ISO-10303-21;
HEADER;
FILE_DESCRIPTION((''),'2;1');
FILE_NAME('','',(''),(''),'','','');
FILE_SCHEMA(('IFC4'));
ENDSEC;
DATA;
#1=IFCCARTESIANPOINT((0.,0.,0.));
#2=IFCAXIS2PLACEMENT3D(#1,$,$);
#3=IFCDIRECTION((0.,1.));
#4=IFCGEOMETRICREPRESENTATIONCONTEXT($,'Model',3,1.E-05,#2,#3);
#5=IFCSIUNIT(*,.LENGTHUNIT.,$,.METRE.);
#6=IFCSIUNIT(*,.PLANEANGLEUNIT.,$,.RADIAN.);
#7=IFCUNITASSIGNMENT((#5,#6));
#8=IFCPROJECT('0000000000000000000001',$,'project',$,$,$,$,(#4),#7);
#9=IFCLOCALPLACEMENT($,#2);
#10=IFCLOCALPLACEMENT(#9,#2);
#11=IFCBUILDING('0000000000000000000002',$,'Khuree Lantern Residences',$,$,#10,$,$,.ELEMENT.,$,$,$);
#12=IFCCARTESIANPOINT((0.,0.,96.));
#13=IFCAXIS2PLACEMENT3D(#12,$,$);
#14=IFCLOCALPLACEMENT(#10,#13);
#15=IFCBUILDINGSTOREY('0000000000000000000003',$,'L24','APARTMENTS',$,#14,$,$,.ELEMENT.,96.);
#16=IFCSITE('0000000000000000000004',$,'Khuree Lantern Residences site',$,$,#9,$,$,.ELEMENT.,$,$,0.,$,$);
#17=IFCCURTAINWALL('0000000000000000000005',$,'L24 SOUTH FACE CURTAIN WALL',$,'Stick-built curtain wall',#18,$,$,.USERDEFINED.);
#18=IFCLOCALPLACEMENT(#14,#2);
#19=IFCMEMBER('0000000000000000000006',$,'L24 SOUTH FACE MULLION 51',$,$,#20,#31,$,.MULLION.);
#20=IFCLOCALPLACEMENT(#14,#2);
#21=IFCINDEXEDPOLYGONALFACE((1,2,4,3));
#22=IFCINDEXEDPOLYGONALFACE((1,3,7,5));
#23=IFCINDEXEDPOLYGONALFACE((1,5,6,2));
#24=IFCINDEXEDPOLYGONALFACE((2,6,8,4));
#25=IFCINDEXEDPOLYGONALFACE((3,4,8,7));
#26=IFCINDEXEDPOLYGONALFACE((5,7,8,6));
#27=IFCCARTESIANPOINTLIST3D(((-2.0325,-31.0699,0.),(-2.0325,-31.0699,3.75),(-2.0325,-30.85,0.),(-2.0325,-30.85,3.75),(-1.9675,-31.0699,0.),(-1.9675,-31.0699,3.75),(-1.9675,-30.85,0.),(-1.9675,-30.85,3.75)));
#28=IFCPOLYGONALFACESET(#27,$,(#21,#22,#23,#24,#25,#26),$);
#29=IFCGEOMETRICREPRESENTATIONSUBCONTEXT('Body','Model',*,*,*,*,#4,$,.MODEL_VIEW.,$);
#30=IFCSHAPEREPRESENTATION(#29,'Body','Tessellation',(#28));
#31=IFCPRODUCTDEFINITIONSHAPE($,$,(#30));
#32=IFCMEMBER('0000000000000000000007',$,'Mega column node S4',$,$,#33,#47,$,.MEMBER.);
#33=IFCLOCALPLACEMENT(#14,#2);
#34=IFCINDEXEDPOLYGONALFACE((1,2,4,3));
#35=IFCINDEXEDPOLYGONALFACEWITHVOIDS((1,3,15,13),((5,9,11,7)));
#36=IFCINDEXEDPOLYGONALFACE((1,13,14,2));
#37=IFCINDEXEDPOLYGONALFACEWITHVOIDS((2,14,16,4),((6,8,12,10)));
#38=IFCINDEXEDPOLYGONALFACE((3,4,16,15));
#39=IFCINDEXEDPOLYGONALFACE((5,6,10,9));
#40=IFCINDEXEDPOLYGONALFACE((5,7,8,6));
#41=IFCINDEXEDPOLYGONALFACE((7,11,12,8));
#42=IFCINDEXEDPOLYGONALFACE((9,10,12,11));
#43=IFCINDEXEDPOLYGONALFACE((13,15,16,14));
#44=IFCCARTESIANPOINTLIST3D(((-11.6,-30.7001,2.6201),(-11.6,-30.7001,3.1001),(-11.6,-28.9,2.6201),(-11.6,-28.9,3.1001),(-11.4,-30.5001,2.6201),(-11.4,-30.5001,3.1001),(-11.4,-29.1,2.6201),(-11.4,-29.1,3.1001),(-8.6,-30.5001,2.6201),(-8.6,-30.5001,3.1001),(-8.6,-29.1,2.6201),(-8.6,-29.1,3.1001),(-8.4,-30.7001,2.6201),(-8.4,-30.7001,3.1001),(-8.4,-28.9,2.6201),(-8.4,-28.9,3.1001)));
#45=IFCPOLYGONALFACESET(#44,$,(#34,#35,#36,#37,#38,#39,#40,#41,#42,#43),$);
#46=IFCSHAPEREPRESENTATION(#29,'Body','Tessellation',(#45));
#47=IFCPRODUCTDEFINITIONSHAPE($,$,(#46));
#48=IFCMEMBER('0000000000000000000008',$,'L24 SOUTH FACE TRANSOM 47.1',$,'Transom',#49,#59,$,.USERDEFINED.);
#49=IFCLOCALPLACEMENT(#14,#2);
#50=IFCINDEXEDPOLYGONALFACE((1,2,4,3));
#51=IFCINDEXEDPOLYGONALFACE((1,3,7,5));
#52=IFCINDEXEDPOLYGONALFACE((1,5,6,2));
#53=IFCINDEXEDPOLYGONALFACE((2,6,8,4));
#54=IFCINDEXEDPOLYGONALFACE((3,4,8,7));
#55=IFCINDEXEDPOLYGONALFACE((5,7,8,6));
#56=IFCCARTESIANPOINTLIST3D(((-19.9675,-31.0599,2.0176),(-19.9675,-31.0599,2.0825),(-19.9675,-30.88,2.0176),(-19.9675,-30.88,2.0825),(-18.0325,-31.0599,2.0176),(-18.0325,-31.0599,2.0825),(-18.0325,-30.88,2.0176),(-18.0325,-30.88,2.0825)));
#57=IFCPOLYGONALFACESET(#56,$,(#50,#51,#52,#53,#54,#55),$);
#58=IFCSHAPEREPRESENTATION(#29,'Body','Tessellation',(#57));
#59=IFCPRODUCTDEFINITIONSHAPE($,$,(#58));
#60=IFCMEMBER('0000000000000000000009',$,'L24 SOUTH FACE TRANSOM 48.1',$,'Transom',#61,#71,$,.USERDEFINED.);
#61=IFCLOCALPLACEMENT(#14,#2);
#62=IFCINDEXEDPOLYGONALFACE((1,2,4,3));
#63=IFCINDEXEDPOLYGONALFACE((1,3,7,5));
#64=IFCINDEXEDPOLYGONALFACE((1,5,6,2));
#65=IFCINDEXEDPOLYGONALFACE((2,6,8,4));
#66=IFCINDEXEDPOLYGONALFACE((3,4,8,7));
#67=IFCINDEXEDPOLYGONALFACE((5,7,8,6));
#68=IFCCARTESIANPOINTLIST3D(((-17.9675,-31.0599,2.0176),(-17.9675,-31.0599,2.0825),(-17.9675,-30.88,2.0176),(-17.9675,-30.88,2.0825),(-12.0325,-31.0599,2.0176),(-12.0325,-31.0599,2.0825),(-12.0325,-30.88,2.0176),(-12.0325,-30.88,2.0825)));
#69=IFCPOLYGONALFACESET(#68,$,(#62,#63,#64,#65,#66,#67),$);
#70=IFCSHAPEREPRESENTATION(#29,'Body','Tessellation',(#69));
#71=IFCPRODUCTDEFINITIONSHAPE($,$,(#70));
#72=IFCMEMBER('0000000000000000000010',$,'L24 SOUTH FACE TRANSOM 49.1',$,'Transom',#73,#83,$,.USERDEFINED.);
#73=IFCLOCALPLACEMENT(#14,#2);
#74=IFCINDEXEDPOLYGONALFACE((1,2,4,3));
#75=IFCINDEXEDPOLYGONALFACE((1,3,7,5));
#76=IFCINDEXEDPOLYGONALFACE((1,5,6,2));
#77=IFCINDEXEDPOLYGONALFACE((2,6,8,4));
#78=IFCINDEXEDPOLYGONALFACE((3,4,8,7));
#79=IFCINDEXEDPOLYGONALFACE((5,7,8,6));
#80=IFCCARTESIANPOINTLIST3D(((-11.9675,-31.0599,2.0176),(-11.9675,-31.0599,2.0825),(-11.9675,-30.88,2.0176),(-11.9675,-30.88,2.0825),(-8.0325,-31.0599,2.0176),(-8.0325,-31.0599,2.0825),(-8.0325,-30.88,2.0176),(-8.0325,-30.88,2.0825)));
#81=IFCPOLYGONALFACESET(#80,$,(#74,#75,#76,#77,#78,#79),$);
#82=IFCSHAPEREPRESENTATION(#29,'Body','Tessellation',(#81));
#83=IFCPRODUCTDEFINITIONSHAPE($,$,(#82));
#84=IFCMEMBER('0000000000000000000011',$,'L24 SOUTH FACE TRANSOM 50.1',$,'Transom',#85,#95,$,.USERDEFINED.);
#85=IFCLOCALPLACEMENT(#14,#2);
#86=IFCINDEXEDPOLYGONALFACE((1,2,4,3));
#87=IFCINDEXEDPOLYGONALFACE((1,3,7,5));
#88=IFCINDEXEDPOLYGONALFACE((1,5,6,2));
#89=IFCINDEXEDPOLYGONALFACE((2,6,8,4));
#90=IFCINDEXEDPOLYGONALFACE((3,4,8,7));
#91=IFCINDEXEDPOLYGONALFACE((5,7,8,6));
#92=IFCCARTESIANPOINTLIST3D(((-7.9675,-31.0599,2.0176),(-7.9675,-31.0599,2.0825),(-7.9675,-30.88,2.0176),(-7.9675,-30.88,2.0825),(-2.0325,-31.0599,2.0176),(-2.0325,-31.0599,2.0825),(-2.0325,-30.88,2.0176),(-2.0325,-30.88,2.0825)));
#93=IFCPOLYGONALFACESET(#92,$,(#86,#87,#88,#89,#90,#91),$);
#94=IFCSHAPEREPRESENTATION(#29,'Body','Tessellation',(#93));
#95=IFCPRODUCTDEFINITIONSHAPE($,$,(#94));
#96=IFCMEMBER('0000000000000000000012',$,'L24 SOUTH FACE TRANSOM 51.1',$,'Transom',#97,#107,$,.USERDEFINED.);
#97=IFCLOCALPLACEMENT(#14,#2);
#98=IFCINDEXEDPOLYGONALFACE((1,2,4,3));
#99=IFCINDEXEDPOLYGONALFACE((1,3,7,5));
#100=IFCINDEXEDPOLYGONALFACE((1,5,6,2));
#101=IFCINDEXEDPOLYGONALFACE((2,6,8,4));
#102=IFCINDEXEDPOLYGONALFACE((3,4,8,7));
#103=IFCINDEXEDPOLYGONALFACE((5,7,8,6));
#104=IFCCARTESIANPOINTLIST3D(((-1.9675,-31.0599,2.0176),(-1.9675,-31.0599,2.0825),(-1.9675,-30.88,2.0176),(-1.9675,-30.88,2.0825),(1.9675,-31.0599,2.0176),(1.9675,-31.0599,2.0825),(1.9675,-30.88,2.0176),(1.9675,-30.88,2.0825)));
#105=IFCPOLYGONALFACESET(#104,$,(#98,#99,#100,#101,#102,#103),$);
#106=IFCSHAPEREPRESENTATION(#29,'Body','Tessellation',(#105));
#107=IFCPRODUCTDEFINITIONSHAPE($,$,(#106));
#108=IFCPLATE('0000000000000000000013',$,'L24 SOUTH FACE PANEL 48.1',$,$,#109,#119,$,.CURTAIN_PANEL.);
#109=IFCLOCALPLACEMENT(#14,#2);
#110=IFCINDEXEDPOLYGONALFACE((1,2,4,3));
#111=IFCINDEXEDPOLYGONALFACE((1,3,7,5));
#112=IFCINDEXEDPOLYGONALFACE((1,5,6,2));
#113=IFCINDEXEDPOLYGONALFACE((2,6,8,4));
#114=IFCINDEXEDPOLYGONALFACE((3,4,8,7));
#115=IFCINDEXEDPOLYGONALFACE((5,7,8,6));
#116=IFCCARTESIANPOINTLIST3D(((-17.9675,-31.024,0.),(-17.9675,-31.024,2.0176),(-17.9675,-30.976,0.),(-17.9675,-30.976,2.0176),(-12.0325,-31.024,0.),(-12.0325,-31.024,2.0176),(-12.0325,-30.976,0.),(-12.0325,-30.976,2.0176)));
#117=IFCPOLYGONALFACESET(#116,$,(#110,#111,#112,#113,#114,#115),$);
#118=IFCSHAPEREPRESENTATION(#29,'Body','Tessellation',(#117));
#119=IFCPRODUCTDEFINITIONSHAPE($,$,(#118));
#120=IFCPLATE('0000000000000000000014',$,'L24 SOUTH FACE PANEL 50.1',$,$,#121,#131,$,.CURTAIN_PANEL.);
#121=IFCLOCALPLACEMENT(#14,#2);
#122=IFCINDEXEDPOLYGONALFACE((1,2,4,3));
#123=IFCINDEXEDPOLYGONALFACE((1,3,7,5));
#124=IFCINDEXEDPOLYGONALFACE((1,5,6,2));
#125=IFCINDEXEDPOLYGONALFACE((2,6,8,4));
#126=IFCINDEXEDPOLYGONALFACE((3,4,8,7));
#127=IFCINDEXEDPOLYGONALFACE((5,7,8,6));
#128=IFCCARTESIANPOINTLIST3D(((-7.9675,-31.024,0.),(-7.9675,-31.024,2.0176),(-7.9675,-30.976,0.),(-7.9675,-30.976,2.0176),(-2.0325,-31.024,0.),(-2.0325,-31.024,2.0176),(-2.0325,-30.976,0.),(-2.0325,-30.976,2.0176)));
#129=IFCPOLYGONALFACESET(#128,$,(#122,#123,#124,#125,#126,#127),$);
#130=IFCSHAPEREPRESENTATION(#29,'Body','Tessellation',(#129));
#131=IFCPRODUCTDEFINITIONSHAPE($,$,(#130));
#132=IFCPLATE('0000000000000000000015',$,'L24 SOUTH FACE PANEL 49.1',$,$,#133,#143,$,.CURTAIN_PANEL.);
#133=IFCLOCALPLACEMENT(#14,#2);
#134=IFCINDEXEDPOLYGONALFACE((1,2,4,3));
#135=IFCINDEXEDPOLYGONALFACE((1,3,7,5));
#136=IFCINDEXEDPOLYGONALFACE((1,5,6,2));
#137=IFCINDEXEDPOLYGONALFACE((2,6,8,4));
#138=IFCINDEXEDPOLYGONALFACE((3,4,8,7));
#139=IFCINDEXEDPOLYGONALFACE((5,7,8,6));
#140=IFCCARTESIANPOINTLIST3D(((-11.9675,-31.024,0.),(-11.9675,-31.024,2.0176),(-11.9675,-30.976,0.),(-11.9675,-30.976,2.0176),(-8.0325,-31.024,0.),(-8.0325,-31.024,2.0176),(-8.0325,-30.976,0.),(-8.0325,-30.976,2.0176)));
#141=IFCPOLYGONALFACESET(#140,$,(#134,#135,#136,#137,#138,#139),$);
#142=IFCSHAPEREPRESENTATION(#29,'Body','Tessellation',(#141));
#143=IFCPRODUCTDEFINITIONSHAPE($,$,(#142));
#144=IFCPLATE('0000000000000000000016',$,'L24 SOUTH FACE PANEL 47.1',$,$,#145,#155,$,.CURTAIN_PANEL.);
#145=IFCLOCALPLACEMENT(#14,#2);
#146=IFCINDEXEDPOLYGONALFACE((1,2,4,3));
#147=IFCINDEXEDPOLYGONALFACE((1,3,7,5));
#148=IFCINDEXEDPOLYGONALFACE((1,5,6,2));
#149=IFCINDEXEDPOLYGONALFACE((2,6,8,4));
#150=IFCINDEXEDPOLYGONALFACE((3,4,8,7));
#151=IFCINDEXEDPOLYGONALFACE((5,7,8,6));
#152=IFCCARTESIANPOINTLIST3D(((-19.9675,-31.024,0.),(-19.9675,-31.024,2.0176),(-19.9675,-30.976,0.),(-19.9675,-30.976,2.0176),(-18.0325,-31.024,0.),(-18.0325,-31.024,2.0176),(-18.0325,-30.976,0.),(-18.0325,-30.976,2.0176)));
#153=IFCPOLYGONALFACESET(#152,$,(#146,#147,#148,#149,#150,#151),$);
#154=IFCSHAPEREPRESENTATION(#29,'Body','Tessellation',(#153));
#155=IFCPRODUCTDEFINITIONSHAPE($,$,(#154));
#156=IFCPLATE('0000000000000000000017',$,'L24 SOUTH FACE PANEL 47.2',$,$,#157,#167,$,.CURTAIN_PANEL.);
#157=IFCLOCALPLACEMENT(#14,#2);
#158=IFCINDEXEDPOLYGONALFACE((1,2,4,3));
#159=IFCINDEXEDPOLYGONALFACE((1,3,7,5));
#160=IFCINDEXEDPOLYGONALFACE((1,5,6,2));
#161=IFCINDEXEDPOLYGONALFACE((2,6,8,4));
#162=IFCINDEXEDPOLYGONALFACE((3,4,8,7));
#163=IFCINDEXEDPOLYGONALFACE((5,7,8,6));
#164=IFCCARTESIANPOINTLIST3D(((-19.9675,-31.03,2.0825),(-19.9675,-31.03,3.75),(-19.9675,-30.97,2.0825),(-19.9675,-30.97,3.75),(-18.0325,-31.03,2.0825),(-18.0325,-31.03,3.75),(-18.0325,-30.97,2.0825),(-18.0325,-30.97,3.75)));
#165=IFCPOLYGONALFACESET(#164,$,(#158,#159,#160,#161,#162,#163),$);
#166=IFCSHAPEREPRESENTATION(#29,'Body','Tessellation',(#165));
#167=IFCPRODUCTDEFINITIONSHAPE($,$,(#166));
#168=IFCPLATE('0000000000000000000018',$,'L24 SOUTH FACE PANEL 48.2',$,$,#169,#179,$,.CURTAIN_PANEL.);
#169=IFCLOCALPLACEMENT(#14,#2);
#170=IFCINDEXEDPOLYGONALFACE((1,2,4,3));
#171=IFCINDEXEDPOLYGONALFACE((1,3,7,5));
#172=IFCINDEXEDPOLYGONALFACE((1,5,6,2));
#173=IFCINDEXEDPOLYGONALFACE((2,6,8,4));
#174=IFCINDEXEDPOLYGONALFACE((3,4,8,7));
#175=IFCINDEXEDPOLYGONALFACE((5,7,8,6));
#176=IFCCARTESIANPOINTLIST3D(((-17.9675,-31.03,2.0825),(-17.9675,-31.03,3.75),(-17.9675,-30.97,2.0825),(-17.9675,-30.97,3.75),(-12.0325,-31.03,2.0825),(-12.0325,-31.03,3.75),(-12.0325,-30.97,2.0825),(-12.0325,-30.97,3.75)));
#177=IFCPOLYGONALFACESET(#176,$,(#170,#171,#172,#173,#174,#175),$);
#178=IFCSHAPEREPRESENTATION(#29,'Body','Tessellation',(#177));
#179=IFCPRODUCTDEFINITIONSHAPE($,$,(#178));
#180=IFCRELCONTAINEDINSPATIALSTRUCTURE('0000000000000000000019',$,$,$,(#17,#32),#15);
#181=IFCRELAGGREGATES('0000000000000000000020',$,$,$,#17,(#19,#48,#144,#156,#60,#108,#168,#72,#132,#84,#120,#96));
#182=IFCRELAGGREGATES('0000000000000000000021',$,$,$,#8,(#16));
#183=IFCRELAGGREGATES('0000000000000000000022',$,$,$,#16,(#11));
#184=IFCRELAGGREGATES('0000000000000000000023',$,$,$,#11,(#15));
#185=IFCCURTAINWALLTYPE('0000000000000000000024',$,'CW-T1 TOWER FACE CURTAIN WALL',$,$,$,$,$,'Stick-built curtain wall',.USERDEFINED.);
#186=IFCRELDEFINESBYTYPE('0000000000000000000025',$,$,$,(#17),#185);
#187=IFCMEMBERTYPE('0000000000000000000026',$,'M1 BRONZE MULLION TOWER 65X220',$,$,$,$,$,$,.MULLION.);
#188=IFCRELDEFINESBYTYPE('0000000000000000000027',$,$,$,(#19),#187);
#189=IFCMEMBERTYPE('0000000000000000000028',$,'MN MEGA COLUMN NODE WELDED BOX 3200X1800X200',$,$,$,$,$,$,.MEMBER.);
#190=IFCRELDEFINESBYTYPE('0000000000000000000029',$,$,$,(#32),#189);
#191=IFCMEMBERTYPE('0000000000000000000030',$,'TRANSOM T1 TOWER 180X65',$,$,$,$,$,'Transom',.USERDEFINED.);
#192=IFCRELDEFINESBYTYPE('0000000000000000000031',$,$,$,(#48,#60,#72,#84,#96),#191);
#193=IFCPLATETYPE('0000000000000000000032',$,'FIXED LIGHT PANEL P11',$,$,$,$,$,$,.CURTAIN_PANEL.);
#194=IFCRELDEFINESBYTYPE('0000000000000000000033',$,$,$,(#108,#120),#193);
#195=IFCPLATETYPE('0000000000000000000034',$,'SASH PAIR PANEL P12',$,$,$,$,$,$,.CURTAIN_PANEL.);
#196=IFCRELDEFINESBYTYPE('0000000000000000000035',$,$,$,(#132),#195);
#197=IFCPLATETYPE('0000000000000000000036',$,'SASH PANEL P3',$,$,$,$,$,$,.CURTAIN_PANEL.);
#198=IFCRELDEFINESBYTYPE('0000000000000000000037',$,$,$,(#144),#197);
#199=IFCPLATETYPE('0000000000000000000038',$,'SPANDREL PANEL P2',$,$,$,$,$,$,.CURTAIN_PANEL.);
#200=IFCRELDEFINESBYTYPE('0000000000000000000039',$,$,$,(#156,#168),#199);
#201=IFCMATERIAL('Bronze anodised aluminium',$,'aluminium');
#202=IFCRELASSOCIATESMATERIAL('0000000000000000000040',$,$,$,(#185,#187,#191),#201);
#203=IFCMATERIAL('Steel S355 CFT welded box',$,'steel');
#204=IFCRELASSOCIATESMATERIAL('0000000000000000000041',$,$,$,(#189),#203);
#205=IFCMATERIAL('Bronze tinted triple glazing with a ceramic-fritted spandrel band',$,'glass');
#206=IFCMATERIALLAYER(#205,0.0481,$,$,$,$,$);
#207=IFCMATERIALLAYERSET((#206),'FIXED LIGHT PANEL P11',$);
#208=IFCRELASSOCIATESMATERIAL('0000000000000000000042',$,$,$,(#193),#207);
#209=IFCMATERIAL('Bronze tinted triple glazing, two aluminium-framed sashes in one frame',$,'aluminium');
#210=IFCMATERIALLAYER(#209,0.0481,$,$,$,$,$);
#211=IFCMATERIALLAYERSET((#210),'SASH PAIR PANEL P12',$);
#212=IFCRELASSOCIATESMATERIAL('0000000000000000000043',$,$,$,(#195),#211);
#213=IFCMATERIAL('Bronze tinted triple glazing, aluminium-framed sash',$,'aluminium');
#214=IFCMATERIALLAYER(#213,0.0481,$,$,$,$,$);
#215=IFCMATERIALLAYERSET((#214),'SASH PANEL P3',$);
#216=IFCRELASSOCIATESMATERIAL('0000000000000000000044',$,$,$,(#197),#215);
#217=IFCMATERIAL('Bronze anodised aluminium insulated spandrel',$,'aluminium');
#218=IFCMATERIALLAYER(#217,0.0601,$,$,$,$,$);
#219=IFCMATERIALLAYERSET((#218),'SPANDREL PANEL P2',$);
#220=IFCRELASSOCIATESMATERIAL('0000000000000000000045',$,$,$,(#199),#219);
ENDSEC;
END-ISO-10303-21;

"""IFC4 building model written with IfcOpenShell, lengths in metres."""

from ifc_helpers import new_model, si_unit, direction, frame, origin, origin_2d, place, context, subcontext, project, spatial, rectangle, hollow_rectangle, extrude, material, layer, layer_set, material_profile, profile_set, type_object, element, aggregate, save


model = new_model("IFC4")

# Units and contexts
model_context = context("Model", 3, precision=1e-05, world=origin(), true_north=direction((0.0, 1.0)))
body_context = subcontext(model_context, "Body", "Model", "MODEL_VIEW")
ifc_project = project(units=[si_unit("LENGTHUNIT", "METRE"), si_unit("PLANEANGLEUNIT", "RADIAN")], contexts=[model_context])

# Site, building, storey
site_placement = place(None, origin())
site = spatial("IfcSite", under=ifc_project, at=site_placement, Name="Khuree Lantern Residences site", CompositionType="ELEMENT", RefElevation=0.0)
building_placement = place(site_placement, origin())
building = spatial("IfcBuilding", under=site, at=building_placement, Name="Khuree Lantern Residences", CompositionType="ELEMENT")
storey_placement = place(building_placement, frame((0.0, 0.0, 96.0)))
storey = spatial("IfcBuildingStorey", under=building, at=storey_placement, Name="L24", Description="APARTMENTS", CompositionType="ELEMENT", Elevation=96.0)

# Shared definitions
ifc_material_1 = material(Name="Steel S355 CFT welded box", Category="steel")

# Curtain wall
ifc_material_2 = material(Name="Bronze anodised aluminium", Category="aluminium")
curtain_wall_type = type_object("IfcCurtainWallType", Name="CW-T1 TOWER FACE CURTAIN WALL", ElementType="Stick-built curtain wall", PredefinedType="USERDEFINED", material=ifc_material_2)
curtain_wall_placement = place(storey_placement, origin())
curtain_wall = element("IfcCurtainWall", 1, at=curtain_wall_placement, inside=storey, type_object=curtain_wall_type, Name="L24 SOUTH FACE CURTAIN WALL", ObjectType="Stick-built curtain wall", PredefinedType="USERDEFINED")

# Members
ifc_material_profile_1 = material_profile(ifc_material_2, rectangle(XDim=0.0649, YDim=0.22, at=origin_2d()), Name="M1 65X220")
ifc_profile_set_1 = profile_set([ifc_material_profile_1], Name="Bronze anodised aluminium")
member_type_1 = type_object("IfcMemberType", Name="M1 BRONZE MULLION TOWER 65X220", PredefinedType="MULLION", material=ifc_profile_set_1)
member_1_placement = place(storey_placement, frame((-2.0, -30.96, 0.0), z_axis=(0.0, 0.0, 1.0), x_axis=(1.0, 0.0, 0.0)))
member_1 = element("IfcMember", 2, at=member_1_placement, type_object=member_type_1, Name="L24 SOUTH FACE MULLION 51", PredefinedType="MULLION", context=body_context, shape_type="SweptSolid", body=[
    extrude(rectangle(XDim=0.0649, YDim=0.22, at=origin_2d()), origin(), (0.0, 0.0, 1.0), 3.75),
])
ifc_material_profile_2 = material_profile(ifc_material_1, hollow_rectangle(XDim=3.2, YDim=1.8, WallThickness=0.2, at=origin_2d()), Name="WELDED BOX 3200X1800X200")
ifc_profile_set_2 = profile_set([ifc_material_profile_2], Name="Steel S355 CFT welded box")
member_type_2 = type_object("IfcMemberType", Name="MN MEGA COLUMN NODE WELDED BOX 3200X1800X200", PredefinedType="MEMBER", material=ifc_profile_set_2)
member_2_placement = place(storey_placement, frame((-10.0, -29.8, 2.6201), z_axis=(0.0, 0.0, 1.0), x_axis=(1.0, 0.0, 0.0)))
element("IfcMember", 3, at=member_2_placement, inside=storey, type_object=member_type_2, Name="Mega column node S4", PredefinedType="MEMBER", context=body_context, shape_type="SweptSolid", body=[
    extrude(hollow_rectangle(XDim=3.2, YDim=1.8, WallThickness=0.2, at=origin_2d()), origin(), (0.0, 0.0, 1.0), 0.48),
])
ifc_material_profile_3 = material_profile(ifc_material_2, rectangle(XDim=0.1799, YDim=0.0649, at=origin_2d()), Name="T1 180X65")
ifc_profile_set_3 = profile_set([ifc_material_profile_3], Name="Bronze anodised aluminium")
member_type_3 = type_object("IfcMemberType", Name="TRANSOM T1 TOWER 180X65", ElementType="Transom", PredefinedType="USERDEFINED", material=ifc_profile_set_3)
member_3_placement = place(storey_placement, frame((-19.9675, -30.97, 2.05), z_axis=(1.0, 0.0, 0.0), x_axis=(0.0, 1.0, 0.0)))
member_3 = element("IfcMember", 4, at=member_3_placement, type_object=member_type_3, Name="L24 SOUTH FACE TRANSOM 47.1", ObjectType="Transom", PredefinedType="USERDEFINED", context=body_context, shape_type="SweptSolid", body=[
    extrude(rectangle(XDim=0.1799, YDim=0.0649, at=origin_2d()), origin(), (0.0, 0.0, 1.0), 1.9351),
])
member_4_placement = place(storey_placement, frame((-17.9675, -30.97, 2.05), z_axis=(1.0, 0.0, 0.0), x_axis=(0.0, 1.0, 0.0)))
member_4 = element("IfcMember", 5, at=member_4_placement, type_object=member_type_3, Name="L24 SOUTH FACE TRANSOM 48.1", ObjectType="Transom", PredefinedType="USERDEFINED", context=body_context, shape_type="SweptSolid", body=[
    extrude(rectangle(XDim=0.1799, YDim=0.0649, at=origin_2d()), origin(), (0.0, 0.0, 1.0), 5.9351),
])
member_5_placement = place(storey_placement, frame((-11.9675, -30.97, 2.05), z_axis=(1.0, 0.0, 0.0), x_axis=(0.0, 1.0, 0.0)))
member_5 = element("IfcMember", 6, at=member_5_placement, type_object=member_type_3, Name="L24 SOUTH FACE TRANSOM 49.1", ObjectType="Transom", PredefinedType="USERDEFINED", context=body_context, shape_type="SweptSolid", body=[
    extrude(rectangle(XDim=0.1799, YDim=0.0649, at=origin_2d()), origin(), (0.0, 0.0, 1.0), 3.9351),
])
member_6_placement = place(storey_placement, frame((-7.9675, -30.97, 2.05), z_axis=(1.0, 0.0, 0.0), x_axis=(0.0, 1.0, 0.0)))
member_6 = element("IfcMember", 7, at=member_6_placement, type_object=member_type_3, Name="L24 SOUTH FACE TRANSOM 50.1", ObjectType="Transom", PredefinedType="USERDEFINED", context=body_context, shape_type="SweptSolid", body=[
    extrude(rectangle(XDim=0.1799, YDim=0.0649, at=origin_2d()), origin(), (0.0, 0.0, 1.0), 5.9351),
])
member_7_placement = place(storey_placement, frame((-1.9675, -30.97, 2.05), z_axis=(1.0, 0.0, 0.0), x_axis=(0.0, 1.0, 0.0)))
member_7 = element("IfcMember", 8, at=member_7_placement, type_object=member_type_3, Name="L24 SOUTH FACE TRANSOM 51.1", ObjectType="Transom", PredefinedType="USERDEFINED", context=body_context, shape_type="SweptSolid", body=[
    extrude(rectangle(XDim=0.1799, YDim=0.0649, at=origin_2d()), origin(), (0.0, 0.0, 1.0), 3.9351),
])

# Plates
ifc_material_3 = material(Name="Bronze tinted triple glazing with a ceramic-fritted spandrel band", Category="glass")
ifc_layer_1 = layer(ifc_material_3, 0.0481)
ifc_layer_set_1 = layer_set([ifc_layer_1], Name="FIXED LIGHT PANEL P11")
plate_type_1 = type_object("IfcPlateType", Name="FIXED LIGHT PANEL P11", PredefinedType="CURTAIN_PANEL", material=ifc_layer_set_1)
plate_1_placement = place(storey_placement, frame((-15.0, -31.0, 0.0), z_axis=(0.0, 0.0, 1.0), x_axis=(1.0, 0.0, 0.0)))
plate_1 = element("IfcPlate", 9, at=plate_1_placement, type_object=plate_type_1, Name="L24 SOUTH FACE PANEL 48.1", PredefinedType="CURTAIN_PANEL", context=body_context, shape_type="SweptSolid", body=[
    extrude(rectangle(XDim=5.9351, YDim=0.0481, at=origin_2d()), origin(), (0.0, 0.0, 1.0), 2.0176),
])
plate_2_placement = place(storey_placement, frame((-5.0, -31.0, 0.0), z_axis=(0.0, 0.0, 1.0), x_axis=(1.0, 0.0, 0.0)))
plate_2 = element("IfcPlate", 10, at=plate_2_placement, type_object=plate_type_1, Name="L24 SOUTH FACE PANEL 50.1", PredefinedType="CURTAIN_PANEL", context=body_context, shape_type="SweptSolid", body=[
    extrude(rectangle(XDim=5.9351, YDim=0.0481, at=origin_2d()), origin(), (0.0, 0.0, 1.0), 2.0176),
])
ifc_material_4 = material(Name="Bronze tinted triple glazing, two aluminium-framed sashes in one frame", Category="aluminium")
ifc_layer_2 = layer(ifc_material_4, 0.0481)
ifc_layer_set_2 = layer_set([ifc_layer_2], Name="SASH PAIR PANEL P12")
plate_type_2 = type_object("IfcPlateType", Name="SASH PAIR PANEL P12", PredefinedType="CURTAIN_PANEL", material=ifc_layer_set_2)
plate_3_placement = place(storey_placement, frame((-10.0, -31.0, 0.0), z_axis=(0.0, 0.0, 1.0), x_axis=(1.0, 0.0, 0.0)))
plate_3 = element("IfcPlate", 11, at=plate_3_placement, type_object=plate_type_2, Name="L24 SOUTH FACE PANEL 49.1", PredefinedType="CURTAIN_PANEL", context=body_context, shape_type="SweptSolid", body=[
    extrude(rectangle(XDim=3.9351, YDim=0.0481, at=origin_2d()), origin(), (0.0, 0.0, 1.0), 2.0176),
])
ifc_material_5 = material(Name="Bronze tinted triple glazing, aluminium-framed sash", Category="aluminium")
ifc_layer_3 = layer(ifc_material_5, 0.0481)
ifc_layer_set_3 = layer_set([ifc_layer_3], Name="SASH PANEL P3")
plate_type_3 = type_object("IfcPlateType", Name="SASH PANEL P3", PredefinedType="CURTAIN_PANEL", material=ifc_layer_set_3)
plate_4_placement = place(storey_placement, frame((-19.0, -31.0, 0.0), z_axis=(0.0, 0.0, 1.0), x_axis=(1.0, 0.0, 0.0)))
plate_4 = element("IfcPlate", 12, at=plate_4_placement, type_object=plate_type_3, Name="L24 SOUTH FACE PANEL 47.1", PredefinedType="CURTAIN_PANEL", context=body_context, shape_type="SweptSolid", body=[
    extrude(rectangle(XDim=1.9351, YDim=0.0481, at=origin_2d()), origin(), (0.0, 0.0, 1.0), 2.0176),
])
ifc_material_6 = material(Name="Bronze anodised aluminium insulated spandrel", Category="aluminium")
ifc_layer_4 = layer(ifc_material_6, 0.0601)
ifc_layer_set_4 = layer_set([ifc_layer_4], Name="SPANDREL PANEL P2")
plate_type_4 = type_object("IfcPlateType", Name="SPANDREL PANEL P2", PredefinedType="CURTAIN_PANEL", material=ifc_layer_set_4)
plate_5_placement = place(storey_placement, frame((-19.0, -31.0, 2.0825), z_axis=(0.0, 0.0, 1.0), x_axis=(1.0, 0.0, 0.0)))
plate_5 = element("IfcPlate", 13, at=plate_5_placement, type_object=plate_type_4, Name="L24 SOUTH FACE PANEL 47.2", PredefinedType="CURTAIN_PANEL", context=body_context, shape_type="SweptSolid", body=[
    extrude(rectangle(XDim=1.9351, YDim=0.0601, at=origin_2d()), origin(), (0.0, 0.0, 1.0), 1.6675),
])
plate_6_placement = place(storey_placement, frame((-15.0, -31.0, 2.0825), z_axis=(0.0, 0.0, 1.0), x_axis=(1.0, 0.0, 0.0)))
plate_6 = element("IfcPlate", 14, at=plate_6_placement, type_object=plate_type_4, Name="L24 SOUTH FACE PANEL 48.2", PredefinedType="CURTAIN_PANEL", context=body_context, shape_type="SweptSolid", body=[
    extrude(rectangle(XDim=5.9351, YDim=0.0601, at=origin_2d()), origin(), (0.0, 0.0, 1.0), 1.6675),
])
aggregate(curtain_wall, [member_1, member_3, plate_4, plate_5, member_4, plate_1, plate_6, member_5, plate_3, member_6, plate_2, member_7])

save(model, "model.ifc")
